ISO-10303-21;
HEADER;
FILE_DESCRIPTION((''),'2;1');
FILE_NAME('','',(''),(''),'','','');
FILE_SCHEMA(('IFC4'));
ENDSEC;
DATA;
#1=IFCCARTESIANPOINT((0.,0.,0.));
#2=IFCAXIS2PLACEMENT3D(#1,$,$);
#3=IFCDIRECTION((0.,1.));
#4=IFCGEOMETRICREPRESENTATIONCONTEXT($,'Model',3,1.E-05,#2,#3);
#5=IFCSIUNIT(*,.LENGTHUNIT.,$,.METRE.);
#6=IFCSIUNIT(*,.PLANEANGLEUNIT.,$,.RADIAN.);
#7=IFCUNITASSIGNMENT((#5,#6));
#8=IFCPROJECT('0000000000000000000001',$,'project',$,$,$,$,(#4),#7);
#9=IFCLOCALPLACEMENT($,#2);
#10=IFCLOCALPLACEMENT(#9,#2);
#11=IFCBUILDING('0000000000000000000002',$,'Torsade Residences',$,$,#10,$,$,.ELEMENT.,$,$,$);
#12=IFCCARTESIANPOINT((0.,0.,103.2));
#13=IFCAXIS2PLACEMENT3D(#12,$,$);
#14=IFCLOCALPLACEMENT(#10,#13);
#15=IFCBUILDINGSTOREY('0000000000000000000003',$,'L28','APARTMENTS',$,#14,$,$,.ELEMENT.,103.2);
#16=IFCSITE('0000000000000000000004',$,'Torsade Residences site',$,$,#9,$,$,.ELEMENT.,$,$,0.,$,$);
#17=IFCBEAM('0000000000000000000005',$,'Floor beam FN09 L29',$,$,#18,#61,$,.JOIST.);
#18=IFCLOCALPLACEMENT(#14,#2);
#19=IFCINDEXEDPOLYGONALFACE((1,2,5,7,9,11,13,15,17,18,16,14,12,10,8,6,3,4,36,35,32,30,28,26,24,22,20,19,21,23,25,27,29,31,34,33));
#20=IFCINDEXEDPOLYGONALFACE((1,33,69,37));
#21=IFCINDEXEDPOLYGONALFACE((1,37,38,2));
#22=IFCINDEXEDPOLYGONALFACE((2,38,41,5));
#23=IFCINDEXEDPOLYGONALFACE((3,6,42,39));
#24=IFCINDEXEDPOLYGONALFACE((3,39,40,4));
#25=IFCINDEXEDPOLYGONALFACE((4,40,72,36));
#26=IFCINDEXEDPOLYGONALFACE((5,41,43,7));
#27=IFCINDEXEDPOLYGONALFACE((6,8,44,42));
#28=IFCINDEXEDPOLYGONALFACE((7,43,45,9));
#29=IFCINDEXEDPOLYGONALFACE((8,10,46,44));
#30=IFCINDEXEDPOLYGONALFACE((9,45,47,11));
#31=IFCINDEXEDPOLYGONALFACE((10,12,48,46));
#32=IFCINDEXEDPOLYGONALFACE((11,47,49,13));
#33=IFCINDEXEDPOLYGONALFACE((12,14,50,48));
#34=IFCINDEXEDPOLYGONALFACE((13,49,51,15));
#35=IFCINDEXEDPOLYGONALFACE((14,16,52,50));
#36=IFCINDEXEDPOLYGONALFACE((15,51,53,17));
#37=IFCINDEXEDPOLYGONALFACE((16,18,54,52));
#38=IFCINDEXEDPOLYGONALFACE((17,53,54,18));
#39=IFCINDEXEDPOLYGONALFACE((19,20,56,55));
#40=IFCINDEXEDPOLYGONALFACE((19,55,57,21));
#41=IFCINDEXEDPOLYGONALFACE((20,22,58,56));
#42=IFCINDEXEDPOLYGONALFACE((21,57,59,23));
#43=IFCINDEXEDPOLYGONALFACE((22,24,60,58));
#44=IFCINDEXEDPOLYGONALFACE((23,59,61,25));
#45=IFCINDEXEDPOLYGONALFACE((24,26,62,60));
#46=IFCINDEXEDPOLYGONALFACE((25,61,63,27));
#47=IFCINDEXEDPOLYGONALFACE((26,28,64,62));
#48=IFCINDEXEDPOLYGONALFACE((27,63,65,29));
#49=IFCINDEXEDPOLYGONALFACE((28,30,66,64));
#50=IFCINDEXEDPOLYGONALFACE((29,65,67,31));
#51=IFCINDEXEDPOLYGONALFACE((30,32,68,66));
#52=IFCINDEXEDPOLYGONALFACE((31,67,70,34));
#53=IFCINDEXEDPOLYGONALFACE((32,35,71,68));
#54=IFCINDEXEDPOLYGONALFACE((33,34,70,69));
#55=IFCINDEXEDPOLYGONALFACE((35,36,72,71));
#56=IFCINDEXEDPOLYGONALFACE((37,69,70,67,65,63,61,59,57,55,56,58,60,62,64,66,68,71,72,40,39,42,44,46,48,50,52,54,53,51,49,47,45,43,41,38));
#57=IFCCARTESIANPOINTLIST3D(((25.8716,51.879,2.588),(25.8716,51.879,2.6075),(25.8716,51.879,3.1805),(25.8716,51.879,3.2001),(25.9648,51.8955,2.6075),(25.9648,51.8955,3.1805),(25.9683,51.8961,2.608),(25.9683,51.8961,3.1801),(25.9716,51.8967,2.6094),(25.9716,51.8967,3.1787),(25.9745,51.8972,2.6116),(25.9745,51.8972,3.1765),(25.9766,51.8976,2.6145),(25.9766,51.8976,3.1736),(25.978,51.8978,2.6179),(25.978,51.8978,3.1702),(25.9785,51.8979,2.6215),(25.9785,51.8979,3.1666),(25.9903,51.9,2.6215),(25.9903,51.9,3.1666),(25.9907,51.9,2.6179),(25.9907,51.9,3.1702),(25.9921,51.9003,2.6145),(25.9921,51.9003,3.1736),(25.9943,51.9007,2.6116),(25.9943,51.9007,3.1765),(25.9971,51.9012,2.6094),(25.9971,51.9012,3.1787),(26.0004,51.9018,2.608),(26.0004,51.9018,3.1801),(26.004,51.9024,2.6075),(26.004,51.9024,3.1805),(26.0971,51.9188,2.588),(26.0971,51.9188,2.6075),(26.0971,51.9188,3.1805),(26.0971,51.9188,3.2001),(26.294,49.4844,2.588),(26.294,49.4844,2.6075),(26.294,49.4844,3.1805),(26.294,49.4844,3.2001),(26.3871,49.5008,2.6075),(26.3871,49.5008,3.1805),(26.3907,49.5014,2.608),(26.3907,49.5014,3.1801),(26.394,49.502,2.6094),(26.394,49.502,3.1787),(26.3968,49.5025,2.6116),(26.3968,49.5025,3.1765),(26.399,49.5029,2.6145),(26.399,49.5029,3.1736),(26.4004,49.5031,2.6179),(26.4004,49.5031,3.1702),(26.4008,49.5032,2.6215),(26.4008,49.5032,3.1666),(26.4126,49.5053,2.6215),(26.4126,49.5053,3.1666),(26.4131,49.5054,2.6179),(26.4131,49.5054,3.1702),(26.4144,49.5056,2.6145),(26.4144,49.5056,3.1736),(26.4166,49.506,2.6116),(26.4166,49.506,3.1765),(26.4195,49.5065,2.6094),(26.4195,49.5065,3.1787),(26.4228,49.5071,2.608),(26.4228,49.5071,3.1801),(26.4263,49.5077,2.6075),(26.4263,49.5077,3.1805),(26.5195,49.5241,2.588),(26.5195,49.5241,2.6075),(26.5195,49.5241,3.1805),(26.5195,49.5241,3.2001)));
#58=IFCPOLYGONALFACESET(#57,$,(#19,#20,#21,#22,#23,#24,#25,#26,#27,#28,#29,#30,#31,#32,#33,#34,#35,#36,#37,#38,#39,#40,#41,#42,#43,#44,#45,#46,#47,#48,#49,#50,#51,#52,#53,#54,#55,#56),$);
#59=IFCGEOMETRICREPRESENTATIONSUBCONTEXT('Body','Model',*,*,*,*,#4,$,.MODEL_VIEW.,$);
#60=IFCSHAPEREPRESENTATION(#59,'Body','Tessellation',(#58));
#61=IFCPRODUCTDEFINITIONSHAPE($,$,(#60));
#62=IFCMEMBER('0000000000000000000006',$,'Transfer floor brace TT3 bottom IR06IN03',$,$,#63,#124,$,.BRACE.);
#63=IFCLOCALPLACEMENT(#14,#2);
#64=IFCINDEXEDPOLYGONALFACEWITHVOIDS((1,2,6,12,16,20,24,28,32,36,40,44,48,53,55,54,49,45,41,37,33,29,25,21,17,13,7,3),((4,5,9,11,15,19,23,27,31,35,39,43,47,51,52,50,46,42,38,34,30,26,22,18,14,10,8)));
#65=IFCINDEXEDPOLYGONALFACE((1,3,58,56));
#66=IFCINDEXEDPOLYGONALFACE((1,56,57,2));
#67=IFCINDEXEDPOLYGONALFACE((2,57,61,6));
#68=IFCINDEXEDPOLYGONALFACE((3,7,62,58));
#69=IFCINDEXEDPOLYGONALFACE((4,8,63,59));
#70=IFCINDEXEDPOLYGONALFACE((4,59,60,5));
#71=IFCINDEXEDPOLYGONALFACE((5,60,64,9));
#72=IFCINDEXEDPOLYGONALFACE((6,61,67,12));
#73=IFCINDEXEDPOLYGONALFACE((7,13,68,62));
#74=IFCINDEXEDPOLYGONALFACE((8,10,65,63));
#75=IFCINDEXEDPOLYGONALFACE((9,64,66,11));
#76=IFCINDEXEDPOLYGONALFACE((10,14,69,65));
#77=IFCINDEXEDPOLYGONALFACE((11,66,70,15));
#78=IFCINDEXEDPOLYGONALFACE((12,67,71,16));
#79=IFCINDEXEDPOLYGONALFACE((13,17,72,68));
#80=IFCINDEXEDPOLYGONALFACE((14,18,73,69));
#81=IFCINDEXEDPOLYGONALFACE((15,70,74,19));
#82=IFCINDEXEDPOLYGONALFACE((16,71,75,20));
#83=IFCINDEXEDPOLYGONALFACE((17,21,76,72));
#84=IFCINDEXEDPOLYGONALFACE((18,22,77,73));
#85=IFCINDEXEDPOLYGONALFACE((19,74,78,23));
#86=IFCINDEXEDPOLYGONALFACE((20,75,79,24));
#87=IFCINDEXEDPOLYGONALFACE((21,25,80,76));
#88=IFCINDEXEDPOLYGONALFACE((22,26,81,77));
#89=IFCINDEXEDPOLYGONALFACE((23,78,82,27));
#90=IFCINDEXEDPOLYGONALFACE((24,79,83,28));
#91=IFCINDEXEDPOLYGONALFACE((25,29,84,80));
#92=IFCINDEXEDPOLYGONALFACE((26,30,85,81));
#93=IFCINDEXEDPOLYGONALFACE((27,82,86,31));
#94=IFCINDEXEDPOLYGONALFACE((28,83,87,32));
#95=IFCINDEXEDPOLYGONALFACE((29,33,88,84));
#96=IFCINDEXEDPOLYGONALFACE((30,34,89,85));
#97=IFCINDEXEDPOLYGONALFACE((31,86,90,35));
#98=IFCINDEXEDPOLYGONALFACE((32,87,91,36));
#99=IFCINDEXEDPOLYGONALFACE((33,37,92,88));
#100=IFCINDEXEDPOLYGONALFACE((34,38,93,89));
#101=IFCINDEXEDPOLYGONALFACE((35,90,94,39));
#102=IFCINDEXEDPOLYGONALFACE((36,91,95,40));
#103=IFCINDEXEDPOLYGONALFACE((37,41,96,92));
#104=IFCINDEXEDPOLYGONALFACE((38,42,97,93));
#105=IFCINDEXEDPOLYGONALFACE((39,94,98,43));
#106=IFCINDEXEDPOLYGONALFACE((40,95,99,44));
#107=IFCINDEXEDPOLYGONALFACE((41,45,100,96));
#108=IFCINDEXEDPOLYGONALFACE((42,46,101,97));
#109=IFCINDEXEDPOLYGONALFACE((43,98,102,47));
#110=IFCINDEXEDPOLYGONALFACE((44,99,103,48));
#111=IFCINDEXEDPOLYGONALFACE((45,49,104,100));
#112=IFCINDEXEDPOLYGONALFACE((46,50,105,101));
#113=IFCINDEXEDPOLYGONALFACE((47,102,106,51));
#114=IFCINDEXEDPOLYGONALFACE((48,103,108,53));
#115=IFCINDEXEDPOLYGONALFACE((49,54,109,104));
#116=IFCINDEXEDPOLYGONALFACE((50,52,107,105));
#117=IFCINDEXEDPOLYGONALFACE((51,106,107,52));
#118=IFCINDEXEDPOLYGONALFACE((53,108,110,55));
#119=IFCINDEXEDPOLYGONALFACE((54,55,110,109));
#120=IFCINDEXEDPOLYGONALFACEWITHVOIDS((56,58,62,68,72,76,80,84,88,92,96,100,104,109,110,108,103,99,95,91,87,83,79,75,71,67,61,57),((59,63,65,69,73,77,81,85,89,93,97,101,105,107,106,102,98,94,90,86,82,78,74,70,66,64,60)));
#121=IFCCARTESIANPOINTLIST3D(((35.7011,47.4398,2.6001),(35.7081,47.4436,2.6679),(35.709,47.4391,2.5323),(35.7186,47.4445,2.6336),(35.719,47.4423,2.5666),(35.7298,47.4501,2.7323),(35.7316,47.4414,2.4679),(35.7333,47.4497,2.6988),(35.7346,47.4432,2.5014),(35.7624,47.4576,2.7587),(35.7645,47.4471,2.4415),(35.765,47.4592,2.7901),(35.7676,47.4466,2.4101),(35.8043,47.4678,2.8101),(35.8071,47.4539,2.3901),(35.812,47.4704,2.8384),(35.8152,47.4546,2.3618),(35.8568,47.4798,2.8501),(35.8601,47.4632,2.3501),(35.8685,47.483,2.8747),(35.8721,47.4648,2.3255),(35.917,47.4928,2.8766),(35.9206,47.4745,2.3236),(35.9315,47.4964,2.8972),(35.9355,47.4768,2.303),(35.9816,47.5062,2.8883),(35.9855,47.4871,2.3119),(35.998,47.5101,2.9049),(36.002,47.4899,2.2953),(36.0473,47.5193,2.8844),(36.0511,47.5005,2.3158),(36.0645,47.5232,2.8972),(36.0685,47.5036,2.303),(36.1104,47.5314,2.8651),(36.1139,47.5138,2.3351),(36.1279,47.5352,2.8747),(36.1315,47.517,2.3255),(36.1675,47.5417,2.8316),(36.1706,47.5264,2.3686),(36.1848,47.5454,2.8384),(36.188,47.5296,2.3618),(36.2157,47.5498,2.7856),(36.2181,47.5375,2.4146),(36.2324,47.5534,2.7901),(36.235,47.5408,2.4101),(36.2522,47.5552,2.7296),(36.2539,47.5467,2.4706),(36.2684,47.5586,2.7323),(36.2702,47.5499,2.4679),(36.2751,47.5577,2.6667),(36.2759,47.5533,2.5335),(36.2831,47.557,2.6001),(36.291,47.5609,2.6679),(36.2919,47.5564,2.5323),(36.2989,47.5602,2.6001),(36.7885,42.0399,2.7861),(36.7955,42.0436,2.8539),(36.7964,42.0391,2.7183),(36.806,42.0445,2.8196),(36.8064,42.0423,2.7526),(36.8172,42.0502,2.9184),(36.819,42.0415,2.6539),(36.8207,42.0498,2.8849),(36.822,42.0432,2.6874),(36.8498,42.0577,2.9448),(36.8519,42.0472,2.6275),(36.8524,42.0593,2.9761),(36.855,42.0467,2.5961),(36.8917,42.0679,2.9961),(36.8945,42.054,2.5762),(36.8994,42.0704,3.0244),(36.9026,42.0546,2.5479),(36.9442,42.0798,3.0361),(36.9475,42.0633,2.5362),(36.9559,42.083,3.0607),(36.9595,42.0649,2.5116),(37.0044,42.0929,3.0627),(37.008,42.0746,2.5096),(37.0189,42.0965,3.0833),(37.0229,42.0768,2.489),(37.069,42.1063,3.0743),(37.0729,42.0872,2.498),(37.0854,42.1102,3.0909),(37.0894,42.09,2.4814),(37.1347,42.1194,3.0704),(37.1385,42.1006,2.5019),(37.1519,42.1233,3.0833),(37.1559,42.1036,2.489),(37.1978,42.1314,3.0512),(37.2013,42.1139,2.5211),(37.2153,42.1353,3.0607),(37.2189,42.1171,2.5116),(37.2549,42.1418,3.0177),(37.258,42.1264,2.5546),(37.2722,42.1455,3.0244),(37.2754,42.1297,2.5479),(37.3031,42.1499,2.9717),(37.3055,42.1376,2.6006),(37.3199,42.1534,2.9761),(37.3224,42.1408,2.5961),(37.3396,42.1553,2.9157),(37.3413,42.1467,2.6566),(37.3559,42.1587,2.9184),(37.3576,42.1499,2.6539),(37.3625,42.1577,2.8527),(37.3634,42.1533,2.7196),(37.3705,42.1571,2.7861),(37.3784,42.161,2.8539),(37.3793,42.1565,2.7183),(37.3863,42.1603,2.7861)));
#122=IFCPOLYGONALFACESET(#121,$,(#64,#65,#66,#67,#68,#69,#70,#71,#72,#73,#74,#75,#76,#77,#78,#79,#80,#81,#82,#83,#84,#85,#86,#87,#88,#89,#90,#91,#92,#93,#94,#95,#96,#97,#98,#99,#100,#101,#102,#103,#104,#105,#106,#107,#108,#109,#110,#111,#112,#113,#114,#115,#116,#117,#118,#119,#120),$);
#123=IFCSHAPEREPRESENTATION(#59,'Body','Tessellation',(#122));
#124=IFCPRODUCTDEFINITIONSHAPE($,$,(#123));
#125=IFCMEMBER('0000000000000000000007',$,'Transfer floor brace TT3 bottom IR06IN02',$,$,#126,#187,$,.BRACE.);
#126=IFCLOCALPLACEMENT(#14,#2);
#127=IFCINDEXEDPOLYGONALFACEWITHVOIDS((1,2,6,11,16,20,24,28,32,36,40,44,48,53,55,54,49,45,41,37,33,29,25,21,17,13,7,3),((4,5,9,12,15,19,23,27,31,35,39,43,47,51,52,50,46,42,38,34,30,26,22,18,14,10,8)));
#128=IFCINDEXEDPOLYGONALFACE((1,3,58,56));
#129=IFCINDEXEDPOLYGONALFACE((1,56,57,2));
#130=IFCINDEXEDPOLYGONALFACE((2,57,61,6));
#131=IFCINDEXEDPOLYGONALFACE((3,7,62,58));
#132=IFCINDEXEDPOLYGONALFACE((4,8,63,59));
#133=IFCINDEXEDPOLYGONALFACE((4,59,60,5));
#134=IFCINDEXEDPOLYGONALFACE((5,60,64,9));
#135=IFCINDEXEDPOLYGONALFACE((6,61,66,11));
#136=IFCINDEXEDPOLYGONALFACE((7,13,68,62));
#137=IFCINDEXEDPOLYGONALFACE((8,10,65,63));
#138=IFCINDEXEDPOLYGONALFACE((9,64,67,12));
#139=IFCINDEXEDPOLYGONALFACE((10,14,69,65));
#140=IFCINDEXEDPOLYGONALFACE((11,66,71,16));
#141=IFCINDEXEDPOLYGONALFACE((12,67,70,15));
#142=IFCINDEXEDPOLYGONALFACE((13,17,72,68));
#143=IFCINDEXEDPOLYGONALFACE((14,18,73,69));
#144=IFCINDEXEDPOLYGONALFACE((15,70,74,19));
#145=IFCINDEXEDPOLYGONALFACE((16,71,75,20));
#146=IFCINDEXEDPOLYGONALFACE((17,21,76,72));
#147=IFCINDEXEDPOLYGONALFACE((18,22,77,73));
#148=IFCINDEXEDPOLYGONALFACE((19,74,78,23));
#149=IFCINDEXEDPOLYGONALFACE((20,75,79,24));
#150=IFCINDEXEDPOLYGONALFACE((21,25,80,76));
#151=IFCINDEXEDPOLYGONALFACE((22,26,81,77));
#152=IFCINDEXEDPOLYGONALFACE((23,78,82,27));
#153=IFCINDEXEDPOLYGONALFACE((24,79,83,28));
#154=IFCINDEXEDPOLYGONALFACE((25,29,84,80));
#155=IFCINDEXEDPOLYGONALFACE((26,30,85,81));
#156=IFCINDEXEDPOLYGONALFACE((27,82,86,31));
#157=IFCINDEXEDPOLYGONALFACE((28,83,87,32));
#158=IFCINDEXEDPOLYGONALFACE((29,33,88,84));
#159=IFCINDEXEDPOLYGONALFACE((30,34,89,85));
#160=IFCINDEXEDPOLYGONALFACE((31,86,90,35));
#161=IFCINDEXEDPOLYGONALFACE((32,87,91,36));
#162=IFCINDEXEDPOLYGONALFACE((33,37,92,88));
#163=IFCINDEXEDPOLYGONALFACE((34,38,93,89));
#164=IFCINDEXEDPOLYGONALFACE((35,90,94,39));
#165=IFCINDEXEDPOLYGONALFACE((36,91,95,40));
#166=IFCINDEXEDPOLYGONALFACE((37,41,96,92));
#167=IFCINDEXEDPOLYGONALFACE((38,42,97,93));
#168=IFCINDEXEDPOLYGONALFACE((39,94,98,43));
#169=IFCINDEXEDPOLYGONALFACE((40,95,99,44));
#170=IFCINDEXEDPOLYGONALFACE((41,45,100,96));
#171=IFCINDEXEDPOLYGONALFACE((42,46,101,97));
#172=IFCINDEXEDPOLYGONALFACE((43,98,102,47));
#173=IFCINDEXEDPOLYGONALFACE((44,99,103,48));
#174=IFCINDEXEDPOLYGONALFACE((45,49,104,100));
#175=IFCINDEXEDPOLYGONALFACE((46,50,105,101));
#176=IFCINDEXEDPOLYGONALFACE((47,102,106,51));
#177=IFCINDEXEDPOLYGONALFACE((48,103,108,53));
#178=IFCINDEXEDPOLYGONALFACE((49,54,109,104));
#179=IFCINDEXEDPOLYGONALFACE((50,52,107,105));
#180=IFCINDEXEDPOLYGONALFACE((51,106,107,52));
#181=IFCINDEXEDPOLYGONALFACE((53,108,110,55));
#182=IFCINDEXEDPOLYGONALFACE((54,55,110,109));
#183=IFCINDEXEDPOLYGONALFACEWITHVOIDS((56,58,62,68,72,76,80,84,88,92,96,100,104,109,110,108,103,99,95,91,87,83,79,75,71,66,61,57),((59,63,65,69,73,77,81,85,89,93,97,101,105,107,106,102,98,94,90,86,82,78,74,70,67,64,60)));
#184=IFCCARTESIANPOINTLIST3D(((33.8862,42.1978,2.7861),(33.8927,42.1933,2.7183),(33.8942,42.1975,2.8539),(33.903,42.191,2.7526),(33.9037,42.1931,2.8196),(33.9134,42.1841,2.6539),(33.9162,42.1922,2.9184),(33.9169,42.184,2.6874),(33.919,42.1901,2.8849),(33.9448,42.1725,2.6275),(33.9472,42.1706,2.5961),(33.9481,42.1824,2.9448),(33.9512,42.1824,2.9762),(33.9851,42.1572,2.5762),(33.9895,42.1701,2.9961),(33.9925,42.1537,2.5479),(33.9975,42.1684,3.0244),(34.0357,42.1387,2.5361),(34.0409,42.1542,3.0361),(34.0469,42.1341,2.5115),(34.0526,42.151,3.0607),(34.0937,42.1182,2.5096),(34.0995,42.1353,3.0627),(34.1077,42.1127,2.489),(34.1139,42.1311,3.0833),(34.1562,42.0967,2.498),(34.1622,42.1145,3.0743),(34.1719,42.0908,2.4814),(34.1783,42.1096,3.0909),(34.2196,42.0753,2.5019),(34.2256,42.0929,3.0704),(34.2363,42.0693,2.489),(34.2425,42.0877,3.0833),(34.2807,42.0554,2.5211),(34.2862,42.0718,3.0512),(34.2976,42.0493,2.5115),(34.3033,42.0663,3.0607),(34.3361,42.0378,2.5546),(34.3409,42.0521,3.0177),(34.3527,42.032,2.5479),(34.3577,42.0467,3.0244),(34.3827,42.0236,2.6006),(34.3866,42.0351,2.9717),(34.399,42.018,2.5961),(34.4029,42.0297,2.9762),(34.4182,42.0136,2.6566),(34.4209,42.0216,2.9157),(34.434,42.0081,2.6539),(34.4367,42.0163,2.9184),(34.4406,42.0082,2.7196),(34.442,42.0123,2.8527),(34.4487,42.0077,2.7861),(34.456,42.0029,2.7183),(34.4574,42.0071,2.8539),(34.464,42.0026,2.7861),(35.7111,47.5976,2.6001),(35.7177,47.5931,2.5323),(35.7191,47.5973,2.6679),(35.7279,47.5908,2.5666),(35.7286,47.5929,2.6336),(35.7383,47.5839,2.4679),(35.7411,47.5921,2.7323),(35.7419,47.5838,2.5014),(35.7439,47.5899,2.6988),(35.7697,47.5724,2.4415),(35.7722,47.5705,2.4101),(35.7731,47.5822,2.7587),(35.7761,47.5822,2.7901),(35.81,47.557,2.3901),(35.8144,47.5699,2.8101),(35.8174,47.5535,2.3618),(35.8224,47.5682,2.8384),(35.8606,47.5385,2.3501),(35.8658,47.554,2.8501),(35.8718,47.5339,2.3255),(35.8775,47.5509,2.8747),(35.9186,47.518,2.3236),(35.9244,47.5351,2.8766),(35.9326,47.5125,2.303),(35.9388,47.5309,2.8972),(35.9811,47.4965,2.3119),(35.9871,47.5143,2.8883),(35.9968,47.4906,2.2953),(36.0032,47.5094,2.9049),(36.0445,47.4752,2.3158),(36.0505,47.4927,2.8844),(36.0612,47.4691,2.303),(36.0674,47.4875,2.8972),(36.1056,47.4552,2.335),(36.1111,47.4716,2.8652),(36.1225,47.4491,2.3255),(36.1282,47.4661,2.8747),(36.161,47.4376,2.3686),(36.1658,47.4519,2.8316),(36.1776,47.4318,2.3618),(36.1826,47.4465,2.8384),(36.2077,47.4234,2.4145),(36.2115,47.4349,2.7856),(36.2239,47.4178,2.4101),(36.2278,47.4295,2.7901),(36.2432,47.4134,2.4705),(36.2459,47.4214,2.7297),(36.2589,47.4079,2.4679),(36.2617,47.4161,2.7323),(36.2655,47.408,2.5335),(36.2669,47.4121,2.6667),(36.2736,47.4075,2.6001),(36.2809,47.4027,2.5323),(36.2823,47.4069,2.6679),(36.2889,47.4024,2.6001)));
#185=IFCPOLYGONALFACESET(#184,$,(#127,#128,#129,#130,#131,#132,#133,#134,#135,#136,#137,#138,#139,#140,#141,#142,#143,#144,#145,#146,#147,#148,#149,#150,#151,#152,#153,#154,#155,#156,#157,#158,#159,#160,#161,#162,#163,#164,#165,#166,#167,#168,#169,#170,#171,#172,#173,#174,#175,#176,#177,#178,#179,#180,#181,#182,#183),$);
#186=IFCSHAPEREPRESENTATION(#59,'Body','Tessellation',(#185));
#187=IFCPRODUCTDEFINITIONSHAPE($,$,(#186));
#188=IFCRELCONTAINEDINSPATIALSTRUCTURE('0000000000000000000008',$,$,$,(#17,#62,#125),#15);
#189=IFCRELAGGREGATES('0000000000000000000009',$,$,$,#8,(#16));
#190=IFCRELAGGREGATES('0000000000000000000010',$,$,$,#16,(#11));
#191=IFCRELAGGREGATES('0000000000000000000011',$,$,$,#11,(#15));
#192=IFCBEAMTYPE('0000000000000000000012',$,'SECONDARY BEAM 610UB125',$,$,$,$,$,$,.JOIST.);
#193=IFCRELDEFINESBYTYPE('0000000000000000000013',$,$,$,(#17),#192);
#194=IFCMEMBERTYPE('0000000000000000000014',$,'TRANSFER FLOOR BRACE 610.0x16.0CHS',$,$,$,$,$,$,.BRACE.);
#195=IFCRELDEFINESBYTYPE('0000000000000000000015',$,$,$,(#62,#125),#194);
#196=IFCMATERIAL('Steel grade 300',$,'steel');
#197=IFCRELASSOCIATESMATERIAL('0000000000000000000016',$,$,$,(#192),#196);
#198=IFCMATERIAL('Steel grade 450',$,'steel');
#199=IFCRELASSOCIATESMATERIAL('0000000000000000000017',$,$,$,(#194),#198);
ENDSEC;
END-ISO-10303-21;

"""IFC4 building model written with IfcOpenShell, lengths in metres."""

from ifc_helpers import new_model, si_unit, direction, frame, origin, origin_2d, place, context, subcontext, project, spatial, hollow_circle, i_section, extrude, material, material_profile, profile_set, type_object, element, save


model = new_model("IFC4")

# Units and contexts
model_context = context("Model", 3, precision=1e-05, world=origin(), true_north=direction((0.0, 1.0)))
body_context = subcontext(model_context, "Body", "Model", "MODEL_VIEW")
ifc_project = project(units=[si_unit("LENGTHUNIT", "METRE"), si_unit("PLANEANGLEUNIT", "RADIAN")], contexts=[model_context])

# Site, building, storey
site_placement = place(None, origin())
site = spatial("IfcSite", under=ifc_project, at=site_placement, Name="Torsade Residences site", CompositionType="ELEMENT", RefElevation=0.0)
building_placement = place(site_placement, origin())
building = spatial("IfcBuilding", under=site, at=building_placement, Name="Torsade Residences", CompositionType="ELEMENT")
storey_placement = place(building_placement, frame((0.0, 0.0, 103.2)))
storey = spatial("IfcBuildingStorey", under=building, at=storey_placement, Name="L28", Description="APARTMENTS", CompositionType="ELEMENT", Elevation=103.2)

# Beam
ifc_material_1 = material(Name="Steel grade 300", Category="steel")
ifc_material_profile_1 = material_profile(ifc_material_1, i_section(OverallWidth=0.229, OverallDepth=0.6121, WebThickness=0.012, FlangeThickness=0.0195, FilletRadius=0.0139, at=origin_2d()), Name="610UB125")
ifc_profile_set_1 = profile_set([ifc_material_profile_1], Name="Steel grade 300")
beam_type_1 = type_object("IfcBeamType", Name="SECONDARY BEAM 610UB125", PredefinedType="JOIST", material=ifc_profile_set_1)
beam_1_placement = place(storey_placement, frame((25.9844, 51.8989, 2.894), z_axis=(0.173688, -0.984801, 0.0), x_axis=(0.984801, 0.173688, 0.0)))
element("IfcBeam", 1, at=beam_1_placement, inside=storey, type_object=beam_type_1, Name="Floor beam FN09 L29", PredefinedType="JOIST", context=body_context, shape_type="SweptSolid", body=[
    extrude(i_section(OverallWidth=0.229, OverallDepth=0.6121, WebThickness=0.012, FlangeThickness=0.0195, FilletRadius=0.0139, at=origin_2d()), origin(), (0.0, 0.0, 1.0), 2.4316),
])

# Members
ifc_material_2 = material(Name="Steel grade 450", Category="steel")
ifc_material_profile_2 = material_profile(ifc_material_2, hollow_circle(Radius=0.3049, WallThickness=0.0161, at=origin_2d()), Name="610.0x16.0CHS")
ifc_profile_set_2 = profile_set([ifc_material_profile_2], Name="Steel grade 450")
member_type_1 = type_object("IfcMemberType", Name="TRANSFER FLOOR BRACE 610.0x16.0CHS", PredefinedType="BRACE", material=ifc_profile_set_2)
member_1_placement = place(storey_placement, frame((36.0, 47.5, 2.6001), z_axis=(0.197299, -0.979762, 0.033754), x_axis=(0.980321, 0.197412, 0.0)))
element("IfcMember", 2, at=member_1_placement, inside=storey, type_object=member_type_1, Name="Transfer floor brace TT3 bottom IR06IN03", PredefinedType="BRACE", context=body_context, shape_type="SweptSolid", body=[
    extrude(hollow_circle(Radius=0.3049, WallThickness=0.0161, at=origin_2d()), origin(), (0.0, 0.0, 1.0), 5.5115),
])
member_2_placement = place(storey_placement, frame((36.0, 47.5, 2.6001), z_axis=(-0.319999, -0.946856, 0.032621), x_axis=(0.94736, -0.32017, 0.0)))
element("IfcMember", 3, at=member_2_placement, inside=storey, type_object=member_type_1, Name="Transfer floor brace TT3 bottom IR06IN02", PredefinedType="BRACE", context=body_context, shape_type="SweptSolid", body=[
    extrude(hollow_circle(Radius=0.3049, WallThickness=0.0161, at=origin_2d()), origin(), (0.0, 0.0, 1.0), 5.7029),
])

save(model, "model.ifc")
